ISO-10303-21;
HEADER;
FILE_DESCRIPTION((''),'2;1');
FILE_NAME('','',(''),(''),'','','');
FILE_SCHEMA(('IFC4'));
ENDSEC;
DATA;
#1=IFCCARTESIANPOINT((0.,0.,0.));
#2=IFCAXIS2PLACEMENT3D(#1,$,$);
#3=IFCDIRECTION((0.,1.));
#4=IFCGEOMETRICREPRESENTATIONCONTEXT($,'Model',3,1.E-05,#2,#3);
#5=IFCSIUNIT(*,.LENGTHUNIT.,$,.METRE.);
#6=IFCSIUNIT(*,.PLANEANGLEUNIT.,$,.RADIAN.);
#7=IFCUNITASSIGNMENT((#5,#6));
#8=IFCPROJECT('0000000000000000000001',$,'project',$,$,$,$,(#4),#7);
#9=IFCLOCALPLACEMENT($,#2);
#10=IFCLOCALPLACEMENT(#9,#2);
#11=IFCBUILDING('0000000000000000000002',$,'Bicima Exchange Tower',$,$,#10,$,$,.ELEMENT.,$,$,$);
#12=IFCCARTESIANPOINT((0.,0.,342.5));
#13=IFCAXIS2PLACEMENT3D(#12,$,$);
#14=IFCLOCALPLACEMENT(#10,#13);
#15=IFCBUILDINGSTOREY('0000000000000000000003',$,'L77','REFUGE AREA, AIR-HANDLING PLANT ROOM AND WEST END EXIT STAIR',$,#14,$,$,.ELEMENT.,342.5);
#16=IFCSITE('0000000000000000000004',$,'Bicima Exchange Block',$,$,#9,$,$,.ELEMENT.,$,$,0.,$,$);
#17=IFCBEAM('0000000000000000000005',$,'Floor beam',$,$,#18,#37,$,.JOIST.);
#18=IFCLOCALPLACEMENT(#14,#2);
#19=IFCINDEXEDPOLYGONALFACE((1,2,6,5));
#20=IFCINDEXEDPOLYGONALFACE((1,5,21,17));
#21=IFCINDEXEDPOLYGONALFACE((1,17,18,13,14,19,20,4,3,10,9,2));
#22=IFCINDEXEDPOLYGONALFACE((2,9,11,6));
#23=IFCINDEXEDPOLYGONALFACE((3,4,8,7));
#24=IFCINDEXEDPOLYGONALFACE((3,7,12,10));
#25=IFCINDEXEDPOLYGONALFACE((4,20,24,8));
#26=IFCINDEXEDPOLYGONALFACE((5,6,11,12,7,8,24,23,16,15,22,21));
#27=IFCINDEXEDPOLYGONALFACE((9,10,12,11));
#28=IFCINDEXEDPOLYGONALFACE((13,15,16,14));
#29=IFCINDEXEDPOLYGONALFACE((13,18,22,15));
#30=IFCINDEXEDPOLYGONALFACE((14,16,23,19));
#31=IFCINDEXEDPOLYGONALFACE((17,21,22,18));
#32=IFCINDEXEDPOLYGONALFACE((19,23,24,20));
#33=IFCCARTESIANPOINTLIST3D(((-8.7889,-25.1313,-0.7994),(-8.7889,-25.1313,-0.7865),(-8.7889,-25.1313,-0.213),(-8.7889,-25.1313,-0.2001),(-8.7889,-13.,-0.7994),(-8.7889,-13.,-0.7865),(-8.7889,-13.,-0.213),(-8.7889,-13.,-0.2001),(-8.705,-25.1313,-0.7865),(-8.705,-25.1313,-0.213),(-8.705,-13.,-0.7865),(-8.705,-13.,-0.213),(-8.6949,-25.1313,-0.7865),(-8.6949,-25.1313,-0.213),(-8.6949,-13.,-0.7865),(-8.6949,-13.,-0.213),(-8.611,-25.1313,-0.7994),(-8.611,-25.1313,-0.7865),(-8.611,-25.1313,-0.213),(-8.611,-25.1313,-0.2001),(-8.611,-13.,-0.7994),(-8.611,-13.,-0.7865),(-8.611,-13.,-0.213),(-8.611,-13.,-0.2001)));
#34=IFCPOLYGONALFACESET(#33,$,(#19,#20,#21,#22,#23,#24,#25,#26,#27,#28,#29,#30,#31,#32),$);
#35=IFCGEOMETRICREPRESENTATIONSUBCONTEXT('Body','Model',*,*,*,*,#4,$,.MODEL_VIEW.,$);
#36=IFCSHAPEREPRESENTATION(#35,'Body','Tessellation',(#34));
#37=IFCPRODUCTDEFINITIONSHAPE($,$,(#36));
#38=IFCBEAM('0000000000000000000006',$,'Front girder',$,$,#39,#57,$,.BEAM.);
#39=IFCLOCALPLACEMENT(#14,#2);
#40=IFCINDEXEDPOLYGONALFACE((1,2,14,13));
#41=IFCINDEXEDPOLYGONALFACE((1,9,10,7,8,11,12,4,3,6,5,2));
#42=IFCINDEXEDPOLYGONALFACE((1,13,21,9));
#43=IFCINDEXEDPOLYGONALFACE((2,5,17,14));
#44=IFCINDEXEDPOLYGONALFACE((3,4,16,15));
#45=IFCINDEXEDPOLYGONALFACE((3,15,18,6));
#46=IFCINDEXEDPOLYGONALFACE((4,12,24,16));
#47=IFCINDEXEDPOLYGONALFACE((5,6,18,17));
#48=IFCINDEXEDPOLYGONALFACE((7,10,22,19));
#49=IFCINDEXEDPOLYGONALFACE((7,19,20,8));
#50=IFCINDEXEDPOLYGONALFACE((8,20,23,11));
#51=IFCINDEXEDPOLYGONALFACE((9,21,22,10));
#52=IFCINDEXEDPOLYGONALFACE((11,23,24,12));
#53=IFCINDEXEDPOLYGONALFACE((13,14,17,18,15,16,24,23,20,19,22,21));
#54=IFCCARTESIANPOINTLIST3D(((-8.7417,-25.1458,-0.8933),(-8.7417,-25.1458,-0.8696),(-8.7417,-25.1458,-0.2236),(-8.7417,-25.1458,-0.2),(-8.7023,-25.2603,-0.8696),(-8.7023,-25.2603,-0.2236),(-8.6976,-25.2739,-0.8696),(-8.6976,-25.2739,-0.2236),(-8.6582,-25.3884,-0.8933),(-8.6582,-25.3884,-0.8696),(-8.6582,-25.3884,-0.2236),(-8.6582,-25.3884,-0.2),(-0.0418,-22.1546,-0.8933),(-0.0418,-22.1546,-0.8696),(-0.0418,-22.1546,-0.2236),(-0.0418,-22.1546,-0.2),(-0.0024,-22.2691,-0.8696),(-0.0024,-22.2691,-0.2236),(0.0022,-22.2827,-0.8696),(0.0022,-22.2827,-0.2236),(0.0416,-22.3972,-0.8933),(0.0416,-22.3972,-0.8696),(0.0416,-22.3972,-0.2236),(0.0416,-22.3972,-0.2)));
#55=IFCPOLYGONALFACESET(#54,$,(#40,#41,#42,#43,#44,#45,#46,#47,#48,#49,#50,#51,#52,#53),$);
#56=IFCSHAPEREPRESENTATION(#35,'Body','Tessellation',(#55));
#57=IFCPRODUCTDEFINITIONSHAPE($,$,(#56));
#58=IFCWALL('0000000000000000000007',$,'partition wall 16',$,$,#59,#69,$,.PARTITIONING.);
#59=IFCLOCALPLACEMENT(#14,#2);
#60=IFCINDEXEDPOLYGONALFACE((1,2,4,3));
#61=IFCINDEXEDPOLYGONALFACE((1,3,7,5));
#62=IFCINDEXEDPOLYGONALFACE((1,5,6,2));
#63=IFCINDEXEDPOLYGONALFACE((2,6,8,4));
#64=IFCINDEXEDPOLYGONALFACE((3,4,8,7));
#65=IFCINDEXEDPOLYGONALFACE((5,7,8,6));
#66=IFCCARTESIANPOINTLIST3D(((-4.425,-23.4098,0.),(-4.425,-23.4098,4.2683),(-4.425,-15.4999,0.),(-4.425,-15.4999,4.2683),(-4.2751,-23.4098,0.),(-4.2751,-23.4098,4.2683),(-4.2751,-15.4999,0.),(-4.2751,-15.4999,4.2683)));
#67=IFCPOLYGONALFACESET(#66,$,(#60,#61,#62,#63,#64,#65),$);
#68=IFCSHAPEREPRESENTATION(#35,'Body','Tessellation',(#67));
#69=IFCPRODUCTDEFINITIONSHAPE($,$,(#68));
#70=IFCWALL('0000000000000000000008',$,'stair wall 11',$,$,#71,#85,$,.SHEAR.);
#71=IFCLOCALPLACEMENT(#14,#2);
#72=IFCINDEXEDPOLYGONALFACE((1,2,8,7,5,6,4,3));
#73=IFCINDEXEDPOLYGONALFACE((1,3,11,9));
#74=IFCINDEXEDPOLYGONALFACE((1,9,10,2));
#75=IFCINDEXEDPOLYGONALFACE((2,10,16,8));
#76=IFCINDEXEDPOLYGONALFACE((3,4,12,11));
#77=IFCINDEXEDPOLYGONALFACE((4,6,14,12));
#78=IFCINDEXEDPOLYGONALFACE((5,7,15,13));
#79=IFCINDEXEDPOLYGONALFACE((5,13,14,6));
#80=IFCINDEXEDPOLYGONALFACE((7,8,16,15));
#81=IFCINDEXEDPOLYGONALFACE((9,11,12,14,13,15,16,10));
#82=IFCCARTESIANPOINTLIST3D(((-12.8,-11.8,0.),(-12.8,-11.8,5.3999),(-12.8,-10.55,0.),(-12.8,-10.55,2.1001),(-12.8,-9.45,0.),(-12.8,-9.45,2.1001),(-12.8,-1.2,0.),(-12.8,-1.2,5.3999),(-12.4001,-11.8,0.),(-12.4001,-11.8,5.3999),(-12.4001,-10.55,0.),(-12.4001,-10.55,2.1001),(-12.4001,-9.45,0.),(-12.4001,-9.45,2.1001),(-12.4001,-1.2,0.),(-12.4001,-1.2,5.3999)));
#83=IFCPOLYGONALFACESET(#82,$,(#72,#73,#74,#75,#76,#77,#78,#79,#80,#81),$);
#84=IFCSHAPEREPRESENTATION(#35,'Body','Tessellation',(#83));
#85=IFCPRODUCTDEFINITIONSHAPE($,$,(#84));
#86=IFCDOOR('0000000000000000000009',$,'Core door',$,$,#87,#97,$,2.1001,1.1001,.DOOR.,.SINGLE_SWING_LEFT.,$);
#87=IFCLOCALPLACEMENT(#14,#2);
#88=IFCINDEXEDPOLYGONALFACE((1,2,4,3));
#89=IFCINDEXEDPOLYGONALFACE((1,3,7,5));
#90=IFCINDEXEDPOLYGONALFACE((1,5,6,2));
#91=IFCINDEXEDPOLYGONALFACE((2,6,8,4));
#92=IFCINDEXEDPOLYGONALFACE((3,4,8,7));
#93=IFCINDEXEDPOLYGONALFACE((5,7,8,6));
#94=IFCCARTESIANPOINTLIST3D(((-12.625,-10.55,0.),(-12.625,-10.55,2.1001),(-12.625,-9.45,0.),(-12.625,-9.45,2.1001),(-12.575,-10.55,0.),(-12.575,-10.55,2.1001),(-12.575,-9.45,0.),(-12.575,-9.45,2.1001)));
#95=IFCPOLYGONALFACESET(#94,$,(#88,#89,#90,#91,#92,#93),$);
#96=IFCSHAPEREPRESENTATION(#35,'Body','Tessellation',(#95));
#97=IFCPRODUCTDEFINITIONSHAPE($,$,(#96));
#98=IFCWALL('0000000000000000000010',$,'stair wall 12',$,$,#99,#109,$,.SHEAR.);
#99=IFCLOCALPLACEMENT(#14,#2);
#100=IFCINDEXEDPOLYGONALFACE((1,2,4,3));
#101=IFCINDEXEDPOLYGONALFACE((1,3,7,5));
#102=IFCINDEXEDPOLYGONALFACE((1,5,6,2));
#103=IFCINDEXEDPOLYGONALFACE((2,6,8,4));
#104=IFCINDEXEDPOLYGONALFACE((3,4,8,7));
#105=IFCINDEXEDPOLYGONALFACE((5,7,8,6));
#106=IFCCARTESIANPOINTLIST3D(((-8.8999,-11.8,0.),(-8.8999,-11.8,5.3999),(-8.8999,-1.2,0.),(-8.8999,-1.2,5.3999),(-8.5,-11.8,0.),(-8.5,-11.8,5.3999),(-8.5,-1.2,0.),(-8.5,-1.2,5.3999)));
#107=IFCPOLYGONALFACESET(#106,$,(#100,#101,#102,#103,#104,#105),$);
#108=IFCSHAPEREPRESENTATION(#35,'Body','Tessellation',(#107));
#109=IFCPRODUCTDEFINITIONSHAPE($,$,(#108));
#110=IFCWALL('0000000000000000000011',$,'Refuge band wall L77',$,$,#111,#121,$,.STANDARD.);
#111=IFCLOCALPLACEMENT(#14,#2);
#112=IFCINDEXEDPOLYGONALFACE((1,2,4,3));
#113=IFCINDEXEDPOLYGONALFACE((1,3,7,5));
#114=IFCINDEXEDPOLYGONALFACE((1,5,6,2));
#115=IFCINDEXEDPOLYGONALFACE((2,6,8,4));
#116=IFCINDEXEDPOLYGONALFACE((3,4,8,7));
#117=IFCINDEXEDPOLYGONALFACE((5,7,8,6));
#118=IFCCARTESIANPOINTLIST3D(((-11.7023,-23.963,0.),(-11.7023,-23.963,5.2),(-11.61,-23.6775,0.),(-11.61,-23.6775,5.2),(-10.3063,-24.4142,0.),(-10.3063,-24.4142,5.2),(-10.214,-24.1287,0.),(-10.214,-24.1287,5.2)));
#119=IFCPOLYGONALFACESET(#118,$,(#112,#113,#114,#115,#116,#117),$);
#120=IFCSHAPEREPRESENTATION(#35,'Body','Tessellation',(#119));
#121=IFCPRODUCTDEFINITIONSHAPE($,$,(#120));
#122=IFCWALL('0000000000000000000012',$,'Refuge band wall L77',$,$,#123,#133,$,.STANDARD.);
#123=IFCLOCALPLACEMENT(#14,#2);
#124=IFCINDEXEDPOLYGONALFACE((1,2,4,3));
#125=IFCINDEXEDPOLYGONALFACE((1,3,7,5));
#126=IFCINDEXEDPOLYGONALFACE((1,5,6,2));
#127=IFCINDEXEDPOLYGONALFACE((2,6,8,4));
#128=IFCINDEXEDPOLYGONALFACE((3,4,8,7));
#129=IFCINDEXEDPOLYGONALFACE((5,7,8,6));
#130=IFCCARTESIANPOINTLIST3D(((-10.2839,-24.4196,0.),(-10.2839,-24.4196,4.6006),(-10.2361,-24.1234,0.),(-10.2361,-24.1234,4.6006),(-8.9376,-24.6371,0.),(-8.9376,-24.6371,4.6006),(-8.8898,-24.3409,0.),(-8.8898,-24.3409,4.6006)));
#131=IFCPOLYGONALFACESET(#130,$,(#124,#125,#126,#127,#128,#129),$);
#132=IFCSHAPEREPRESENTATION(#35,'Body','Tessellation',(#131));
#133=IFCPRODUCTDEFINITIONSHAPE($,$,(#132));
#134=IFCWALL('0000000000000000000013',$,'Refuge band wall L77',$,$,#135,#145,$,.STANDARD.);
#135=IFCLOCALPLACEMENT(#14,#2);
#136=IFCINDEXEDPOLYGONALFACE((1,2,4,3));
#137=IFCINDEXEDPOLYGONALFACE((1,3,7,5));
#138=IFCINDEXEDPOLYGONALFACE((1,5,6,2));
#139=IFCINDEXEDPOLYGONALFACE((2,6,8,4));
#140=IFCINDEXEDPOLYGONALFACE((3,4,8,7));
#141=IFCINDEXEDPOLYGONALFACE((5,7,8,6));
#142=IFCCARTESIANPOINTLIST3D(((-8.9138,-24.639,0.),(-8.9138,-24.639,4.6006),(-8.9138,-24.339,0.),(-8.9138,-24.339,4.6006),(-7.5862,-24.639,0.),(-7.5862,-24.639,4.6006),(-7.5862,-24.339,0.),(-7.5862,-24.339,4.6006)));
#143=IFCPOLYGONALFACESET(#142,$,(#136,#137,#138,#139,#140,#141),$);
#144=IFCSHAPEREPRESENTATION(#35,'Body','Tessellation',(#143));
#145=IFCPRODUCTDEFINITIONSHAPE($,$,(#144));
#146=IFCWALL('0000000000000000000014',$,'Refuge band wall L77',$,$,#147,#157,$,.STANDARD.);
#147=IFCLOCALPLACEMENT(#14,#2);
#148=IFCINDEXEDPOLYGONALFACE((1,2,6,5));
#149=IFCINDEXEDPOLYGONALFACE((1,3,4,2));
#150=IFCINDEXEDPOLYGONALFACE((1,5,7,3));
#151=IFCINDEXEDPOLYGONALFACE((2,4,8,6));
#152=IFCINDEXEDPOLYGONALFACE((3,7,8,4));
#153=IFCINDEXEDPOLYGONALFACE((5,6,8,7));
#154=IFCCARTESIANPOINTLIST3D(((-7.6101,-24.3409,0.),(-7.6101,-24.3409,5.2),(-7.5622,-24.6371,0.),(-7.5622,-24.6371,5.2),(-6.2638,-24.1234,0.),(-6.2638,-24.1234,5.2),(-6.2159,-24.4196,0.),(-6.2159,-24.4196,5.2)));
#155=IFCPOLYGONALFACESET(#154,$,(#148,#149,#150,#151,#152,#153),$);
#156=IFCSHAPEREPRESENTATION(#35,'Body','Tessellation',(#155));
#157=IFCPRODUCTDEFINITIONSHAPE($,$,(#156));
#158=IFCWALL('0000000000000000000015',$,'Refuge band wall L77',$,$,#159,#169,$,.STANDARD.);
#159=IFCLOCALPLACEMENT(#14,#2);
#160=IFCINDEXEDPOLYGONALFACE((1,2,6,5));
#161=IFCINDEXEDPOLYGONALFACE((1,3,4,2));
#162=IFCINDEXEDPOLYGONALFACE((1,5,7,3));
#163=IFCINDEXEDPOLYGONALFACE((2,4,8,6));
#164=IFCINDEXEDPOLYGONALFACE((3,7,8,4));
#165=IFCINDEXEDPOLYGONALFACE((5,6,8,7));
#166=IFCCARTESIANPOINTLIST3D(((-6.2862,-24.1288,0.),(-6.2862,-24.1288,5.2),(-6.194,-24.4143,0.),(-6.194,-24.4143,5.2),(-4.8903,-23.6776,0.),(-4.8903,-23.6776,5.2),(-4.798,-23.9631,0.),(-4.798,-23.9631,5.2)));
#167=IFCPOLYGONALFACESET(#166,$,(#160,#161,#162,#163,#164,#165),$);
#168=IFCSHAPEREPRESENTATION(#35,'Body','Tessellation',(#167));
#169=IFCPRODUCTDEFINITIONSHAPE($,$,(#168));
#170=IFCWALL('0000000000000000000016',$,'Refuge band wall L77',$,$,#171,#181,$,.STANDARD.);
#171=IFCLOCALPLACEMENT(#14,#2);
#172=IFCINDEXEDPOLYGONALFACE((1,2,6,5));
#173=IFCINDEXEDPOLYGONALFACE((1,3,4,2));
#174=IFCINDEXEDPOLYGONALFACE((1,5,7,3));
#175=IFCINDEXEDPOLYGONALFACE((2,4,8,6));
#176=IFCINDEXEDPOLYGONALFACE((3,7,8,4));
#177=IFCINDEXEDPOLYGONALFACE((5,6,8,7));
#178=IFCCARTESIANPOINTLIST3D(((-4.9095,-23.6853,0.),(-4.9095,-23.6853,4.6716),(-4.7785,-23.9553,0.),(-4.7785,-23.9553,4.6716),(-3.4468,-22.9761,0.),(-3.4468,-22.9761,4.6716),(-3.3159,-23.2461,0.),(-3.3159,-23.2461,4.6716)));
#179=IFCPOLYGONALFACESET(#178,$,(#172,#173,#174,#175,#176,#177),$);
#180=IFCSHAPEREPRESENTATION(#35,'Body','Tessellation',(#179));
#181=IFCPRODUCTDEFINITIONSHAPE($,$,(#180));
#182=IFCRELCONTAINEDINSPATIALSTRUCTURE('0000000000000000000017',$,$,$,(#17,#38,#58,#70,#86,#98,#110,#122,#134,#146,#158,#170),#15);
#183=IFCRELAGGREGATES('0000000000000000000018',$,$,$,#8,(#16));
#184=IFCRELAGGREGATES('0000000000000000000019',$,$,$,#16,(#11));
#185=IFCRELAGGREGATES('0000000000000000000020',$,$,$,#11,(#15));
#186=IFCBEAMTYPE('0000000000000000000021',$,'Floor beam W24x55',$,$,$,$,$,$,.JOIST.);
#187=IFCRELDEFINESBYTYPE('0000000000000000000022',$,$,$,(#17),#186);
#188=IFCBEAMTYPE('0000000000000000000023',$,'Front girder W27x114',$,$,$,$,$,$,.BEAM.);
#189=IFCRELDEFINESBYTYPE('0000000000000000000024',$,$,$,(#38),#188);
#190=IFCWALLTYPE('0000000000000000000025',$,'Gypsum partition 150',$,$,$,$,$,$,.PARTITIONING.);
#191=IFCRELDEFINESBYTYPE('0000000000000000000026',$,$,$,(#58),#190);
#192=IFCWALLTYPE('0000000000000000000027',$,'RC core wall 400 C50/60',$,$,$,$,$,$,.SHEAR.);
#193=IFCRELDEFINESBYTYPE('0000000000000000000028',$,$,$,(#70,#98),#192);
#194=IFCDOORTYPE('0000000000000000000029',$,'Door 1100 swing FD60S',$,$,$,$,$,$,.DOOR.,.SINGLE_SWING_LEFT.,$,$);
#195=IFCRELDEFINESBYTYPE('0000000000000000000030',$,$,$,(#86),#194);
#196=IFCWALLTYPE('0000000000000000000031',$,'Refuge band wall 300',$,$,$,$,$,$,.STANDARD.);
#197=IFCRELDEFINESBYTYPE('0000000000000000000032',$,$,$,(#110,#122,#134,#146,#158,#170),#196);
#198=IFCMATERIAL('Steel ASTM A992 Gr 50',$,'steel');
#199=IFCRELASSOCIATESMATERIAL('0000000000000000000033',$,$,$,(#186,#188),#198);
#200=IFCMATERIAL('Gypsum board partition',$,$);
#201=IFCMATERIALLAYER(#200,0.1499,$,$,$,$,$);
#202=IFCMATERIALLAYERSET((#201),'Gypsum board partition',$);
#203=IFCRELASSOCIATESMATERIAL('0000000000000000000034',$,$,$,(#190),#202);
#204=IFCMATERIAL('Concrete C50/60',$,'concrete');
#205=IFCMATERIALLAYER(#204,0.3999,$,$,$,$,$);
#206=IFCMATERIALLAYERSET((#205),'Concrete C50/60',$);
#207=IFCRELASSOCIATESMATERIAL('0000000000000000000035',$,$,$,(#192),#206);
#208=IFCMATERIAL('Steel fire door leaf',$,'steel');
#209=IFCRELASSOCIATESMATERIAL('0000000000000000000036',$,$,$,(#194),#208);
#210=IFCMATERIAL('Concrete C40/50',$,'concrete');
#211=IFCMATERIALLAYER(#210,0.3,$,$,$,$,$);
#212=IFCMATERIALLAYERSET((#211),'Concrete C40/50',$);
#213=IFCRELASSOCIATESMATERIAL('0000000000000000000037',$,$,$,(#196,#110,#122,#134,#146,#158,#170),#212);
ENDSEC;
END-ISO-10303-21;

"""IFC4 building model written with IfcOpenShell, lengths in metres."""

from ifc_helpers import new_model, si_unit, direction, frame, frame_2d, origin, origin_2d, place, context, subcontext, project, spatial, rectangle, i_section, extrude, material, layer, layer_set, layer_usage, material_profile, profile_set, type_object, element, fill, save


model = new_model("IFC4")

# Units and contexts
model_context = context("Model", 3, precision=1e-05, world=origin(), true_north=direction((0.0, 1.0)))
body_context = subcontext(model_context, "Body", "Model", "MODEL_VIEW")
ifc_project = project(units=[si_unit("LENGTHUNIT", "METRE"), si_unit("PLANEANGLEUNIT", "RADIAN")], contexts=[model_context])

# Site, building, storey
site_placement = place(None, origin())
site = spatial("IfcSite", under=ifc_project, at=site_placement, Name="Bicima Exchange Block", CompositionType="ELEMENT", RefElevation=0.0)
building_placement = place(site_placement, origin())
building = spatial("IfcBuilding", under=site, at=building_placement, Name="Bicima Exchange Tower", CompositionType="ELEMENT")
storey_placement = place(building_placement, frame((0.0, 0.0, 342.5)))
storey = spatial("IfcBuildingStorey", under=building, at=storey_placement, Name="L77", Description="REFUGE AREA, AIR-HANDLING PLANT ROOM AND WEST END EXIT STAIR", CompositionType="ELEMENT", Elevation=342.5)

# Shared definitions
ifc_material_1 = material(Name="Steel ASTM A992 Gr 50", Category="steel")

# Beams
ifc_material_profile_1 = material_profile(ifc_material_1, i_section(OverallWidth=0.178, OverallDepth=0.5994, WebThickness=0.01, FlangeThickness=0.0129, at=origin_2d()))
ifc_profile_set_1 = profile_set([ifc_material_profile_1], Name="Steel ASTM A992 Gr 50")
beam_type_1 = type_object("IfcBeamType", Name="Floor beam W24x55", PredefinedType="JOIST", material=ifc_profile_set_1)
beam_1_placement = place(storey_placement, frame((-8.7, -13.0, -0.4998), z_axis=(0.0, -1.0, 0.0), x_axis=(1.0, 0.0, 0.0)))
element("IfcBeam", 1, at=beam_1_placement, inside=storey, type_object=beam_type_1, Name="Floor beam", PredefinedType="JOIST", context=body_context, shape_type="SweptSolid", body=[
    extrude(i_section(OverallWidth=0.178, OverallDepth=0.5994, WebThickness=0.01, FlangeThickness=0.0129, at=origin_2d()), origin(), (0.0, 0.0, 1.0), 12.1313),
])
ifc_material_profile_2 = material_profile(ifc_material_1, i_section(OverallWidth=0.2566, OverallDepth=0.6934, WebThickness=0.0144, FlangeThickness=0.0237, at=origin_2d()))
ifc_profile_set_2 = profile_set([ifc_material_profile_2], Name="Steel ASTM A992 Gr 50")
beam_type_2 = type_object("IfcBeamType", Name="Front girder W27x114", PredefinedType="BEAM", material=ifc_profile_set_2)
beam_2_placement = place(storey_placement, frame((-8.7, -25.2671, -0.5466), z_axis=(0.945666, 0.325138, 0.0), x_axis=(-0.325138, 0.945666, 0.0)))
element("IfcBeam", 2, at=beam_2_placement, inside=storey, type_object=beam_type_2, Name="Front girder", PredefinedType="BEAM", context=body_context, shape_type="SweptSolid", body=[
    extrude(i_section(OverallWidth=0.2566, OverallDepth=0.6934, WebThickness=0.0144, FlangeThickness=0.0237, at=origin_2d()), origin(), (0.0, 0.0, 1.0), 9.1997),
])

# Wall
ifc_material_2 = material(Name="Gypsum board partition")
ifc_layer_1 = layer(ifc_material_2, 0.1499)
ifc_layer_set_1 = layer_set([ifc_layer_1], Name="Gypsum board partition")
wall_type_1 = type_object("IfcWallType", Name="Gypsum partition 150", PredefinedType="PARTITIONING", material=ifc_layer_set_1)
wall_1_placement = place(storey_placement, frame((-4.3501, -23.4099, 0.0), z_axis=(0.0, 0.0, 1.0), x_axis=(0.0, 1.0, 0.0)))
element("IfcWall", 3, at=wall_1_placement, inside=storey, type_object=wall_type_1, Name="partition wall 16", PredefinedType="PARTITIONING", context=body_context, shape_type="SweptSolid", body=[
    extrude(rectangle(XDim=7.9099, YDim=0.1499, at=frame_2d((3.9551, 0.0))), origin(), (0.0, 0.0, 1.0), 4.2683),
])

# Wall, opening, door
ifc_material_3 = material(Name="Concrete C50/60", Category="concrete")
ifc_layer_2 = layer(ifc_material_3, 0.3999)
ifc_layer_set_2 = layer_set([ifc_layer_2], Name="Concrete C50/60")
wall_type_2 = type_object("IfcWallType", Name="RC core wall 400 C50/60", PredefinedType="SHEAR", material=ifc_layer_set_2)
wall_2_placement = place(storey_placement, frame((-12.6001, -11.8, 0.0), z_axis=(0.0, 0.0, 1.0), x_axis=(0.0, 1.0, 0.0)))
wall_2 = element("IfcWall", 4, at=wall_2_placement, inside=storey, type_object=wall_type_2, Name="stair wall 11", PredefinedType="SHEAR", context=body_context, shape_type="SweptSolid", body=[
    extrude(rectangle(XDim=10.6001, YDim=0.3999, at=frame_2d((5.3, 0.0))), origin(), (0.0, 0.0, 1.0), 5.3999),
])
opening_placement = place(wall_2_placement, frame((1.25, 0.0, 0.0)))
opening = element("IfcOpeningElement", 5, at=opening_placement, cuts=wall_2, PredefinedType="OPENING", context=body_context, shape_type="SweptSolid", body=[
    extrude(rectangle(XDim=1.1001, YDim=2.1001, at=frame_2d((0.55, 1.05))), frame((0.0, 0.2119, 0.0), z_axis=(0.0, -1.0, 0.0), x_axis=(1.0, 0.0, 0.0)), (0.0, 0.0, 1.0), 0.4238),
])
ifc_material_4 = material(Name="Steel fire door leaf", Category="steel")
door_type = type_object("IfcDoorType", Name="Door 1100 swing FD60S", OperationType="SINGLE_SWING_LEFT", PredefinedType="DOOR", material=ifc_material_4)
door_placement = place(opening_placement, origin())
door = element("IfcDoor", 6, at=door_placement, inside=storey, type_object=door_type, Name="Core door", OperationType="SINGLE_SWING_LEFT", OverallHeight=2.1001, OverallWidth=1.1001, PredefinedType="DOOR", context=body_context, shape_type="SweptSolid", body=[
    extrude(rectangle(XDim=1.1001, YDim=2.1001, at=frame_2d((0.55, 1.05))), frame((0.0, 0.0249, 0.0), z_axis=(0.0, -1.0, 0.0), x_axis=(1.0, 0.0, 0.0)), (0.0, 0.0, 1.0), 0.05),
])
fill(opening, door)

# Walls
wall_3_placement = place(storey_placement, frame((-8.7, -11.8, 0.0), z_axis=(0.0, 0.0, 1.0), x_axis=(0.0, 1.0, 0.0)))
element("IfcWall", 7, at=wall_3_placement, inside=storey, type_object=wall_type_2, Name="stair wall 12", PredefinedType="SHEAR", context=body_context, shape_type="SweptSolid", body=[
    extrude(rectangle(XDim=10.6001, YDim=0.3999, at=frame_2d((5.3, 0.0))), origin(), (0.0, 0.0, 1.0), 5.3999),
])
ifc_material_5 = material(Name="Concrete C40/50", Category="concrete")
ifc_layer_3 = layer(ifc_material_5, 0.3)
ifc_layer_set_3 = layer_set([ifc_layer_3], Name="Concrete C40/50")
ifc_layer_usage = layer_usage(ifc_layer_set_3, "AXIS2", "POSITIVE", -0.15)
wall_type_3 = type_object("IfcWallType", Name="Refuge band wall 300", PredefinedType="STANDARD", material=ifc_layer_set_3)
wall_4_placement = place(storey_placement, frame((-11.656, -23.8203, 0.0), z_axis=(0.0, 0.0, 1.0), x_axis=(0.951539, -0.307528, 0.0)))
element("IfcWall", 8, at=wall_4_placement, inside=storey, type_object=wall_type_3, material=ifc_layer_usage, Name="Refuge band wall L77", PredefinedType="STANDARD", context=body_context, shape_type="SweptSolid", body=[
    extrude(rectangle(XDim=1.467, YDim=0.3, at=frame_2d((0.7334, 0.0))), origin(), (0.0, 0.0, 1.0), 5.2),
])
wall_5_placement = place(storey_placement, frame((-10.26, -24.2715, 0.0), z_axis=(0.0, 0.0, 1.0), x_axis=(0.987195, -0.15952, 0.0)))
element("IfcWall", 9, at=wall_5_placement, inside=storey, type_object=wall_type_3, material=ifc_layer_usage, Name="Refuge band wall L77", PredefinedType="STANDARD", context=body_context, shape_type="SweptSolid", body=[
    extrude(rectangle(XDim=1.3638, YDim=0.3, at=frame_2d((0.6819, 0.0))), origin(), (0.0, 0.0, 1.0), 4.6006),
])
wall_6_placement = place(storey_placement, frame((-8.9138, -24.489, 0.0), z_axis=(0.0, 0.0, 1.0), x_axis=(1.0, 0.0, 0.0)))
element("IfcWall", 10, at=wall_6_placement, inside=storey, type_object=wall_type_3, material=ifc_layer_usage, Name="Refuge band wall L77", PredefinedType="STANDARD", context=body_context, shape_type="SweptSolid", body=[
    extrude(rectangle(XDim=1.3276, YDim=0.3, at=frame_2d((0.6638, 0.0))), origin(), (0.0, 0.0, 1.0), 4.6006),
])
wall_7_placement = place(storey_placement, frame((-7.5862, -24.489, 0.0), z_axis=(0.0, 0.0, 1.0), x_axis=(0.987195, 0.15952, 0.0)))
element("IfcWall", 11, at=wall_7_placement, inside=storey, type_object=wall_type_3, material=ifc_layer_usage, Name="Refuge band wall L77", PredefinedType="STANDARD", context=body_context, shape_type="SweptSolid", body=[
    extrude(rectangle(XDim=1.3638, YDim=0.3, at=frame_2d((0.6819, 0.0))), origin(), (0.0, 0.0, 1.0), 5.2),
])
wall_8_placement = place(storey_placement, frame((-6.24, -24.2715, 0.0), z_axis=(0.0, 0.0, 1.0), x_axis=(0.951539, 0.307528, 0.0)))
element("IfcWall", 12, at=wall_8_placement, inside=storey, type_object=wall_type_3, material=ifc_layer_usage, Name="Refuge band wall L77", PredefinedType="STANDARD", context=body_context, shape_type="SweptSolid", body=[
    extrude(rectangle(XDim=1.467, YDim=0.3, at=frame_2d((0.7334, 0.0))), origin(), (0.0, 0.0, 1.0), 5.2),
])
wall_9_placement = place(storey_placement, frame((-4.844, -23.8203, 0.0), z_axis=(0.0, 0.0, 1.0), x_axis=(0.899798, 0.436307, 0.0)))
element("IfcWall", 13, at=wall_9_placement, inside=storey, type_object=wall_type_3, material=ifc_layer_usage, Name="Refuge band wall L77", PredefinedType="STANDARD", context=body_context, shape_type="SweptSolid", body=[
    extrude(rectangle(XDim=1.6255, YDim=0.3, at=frame_2d((0.8127, 0.0))), origin(), (0.0, 0.0, 1.0), 4.6716),
])

save(model, "model.ifc")
